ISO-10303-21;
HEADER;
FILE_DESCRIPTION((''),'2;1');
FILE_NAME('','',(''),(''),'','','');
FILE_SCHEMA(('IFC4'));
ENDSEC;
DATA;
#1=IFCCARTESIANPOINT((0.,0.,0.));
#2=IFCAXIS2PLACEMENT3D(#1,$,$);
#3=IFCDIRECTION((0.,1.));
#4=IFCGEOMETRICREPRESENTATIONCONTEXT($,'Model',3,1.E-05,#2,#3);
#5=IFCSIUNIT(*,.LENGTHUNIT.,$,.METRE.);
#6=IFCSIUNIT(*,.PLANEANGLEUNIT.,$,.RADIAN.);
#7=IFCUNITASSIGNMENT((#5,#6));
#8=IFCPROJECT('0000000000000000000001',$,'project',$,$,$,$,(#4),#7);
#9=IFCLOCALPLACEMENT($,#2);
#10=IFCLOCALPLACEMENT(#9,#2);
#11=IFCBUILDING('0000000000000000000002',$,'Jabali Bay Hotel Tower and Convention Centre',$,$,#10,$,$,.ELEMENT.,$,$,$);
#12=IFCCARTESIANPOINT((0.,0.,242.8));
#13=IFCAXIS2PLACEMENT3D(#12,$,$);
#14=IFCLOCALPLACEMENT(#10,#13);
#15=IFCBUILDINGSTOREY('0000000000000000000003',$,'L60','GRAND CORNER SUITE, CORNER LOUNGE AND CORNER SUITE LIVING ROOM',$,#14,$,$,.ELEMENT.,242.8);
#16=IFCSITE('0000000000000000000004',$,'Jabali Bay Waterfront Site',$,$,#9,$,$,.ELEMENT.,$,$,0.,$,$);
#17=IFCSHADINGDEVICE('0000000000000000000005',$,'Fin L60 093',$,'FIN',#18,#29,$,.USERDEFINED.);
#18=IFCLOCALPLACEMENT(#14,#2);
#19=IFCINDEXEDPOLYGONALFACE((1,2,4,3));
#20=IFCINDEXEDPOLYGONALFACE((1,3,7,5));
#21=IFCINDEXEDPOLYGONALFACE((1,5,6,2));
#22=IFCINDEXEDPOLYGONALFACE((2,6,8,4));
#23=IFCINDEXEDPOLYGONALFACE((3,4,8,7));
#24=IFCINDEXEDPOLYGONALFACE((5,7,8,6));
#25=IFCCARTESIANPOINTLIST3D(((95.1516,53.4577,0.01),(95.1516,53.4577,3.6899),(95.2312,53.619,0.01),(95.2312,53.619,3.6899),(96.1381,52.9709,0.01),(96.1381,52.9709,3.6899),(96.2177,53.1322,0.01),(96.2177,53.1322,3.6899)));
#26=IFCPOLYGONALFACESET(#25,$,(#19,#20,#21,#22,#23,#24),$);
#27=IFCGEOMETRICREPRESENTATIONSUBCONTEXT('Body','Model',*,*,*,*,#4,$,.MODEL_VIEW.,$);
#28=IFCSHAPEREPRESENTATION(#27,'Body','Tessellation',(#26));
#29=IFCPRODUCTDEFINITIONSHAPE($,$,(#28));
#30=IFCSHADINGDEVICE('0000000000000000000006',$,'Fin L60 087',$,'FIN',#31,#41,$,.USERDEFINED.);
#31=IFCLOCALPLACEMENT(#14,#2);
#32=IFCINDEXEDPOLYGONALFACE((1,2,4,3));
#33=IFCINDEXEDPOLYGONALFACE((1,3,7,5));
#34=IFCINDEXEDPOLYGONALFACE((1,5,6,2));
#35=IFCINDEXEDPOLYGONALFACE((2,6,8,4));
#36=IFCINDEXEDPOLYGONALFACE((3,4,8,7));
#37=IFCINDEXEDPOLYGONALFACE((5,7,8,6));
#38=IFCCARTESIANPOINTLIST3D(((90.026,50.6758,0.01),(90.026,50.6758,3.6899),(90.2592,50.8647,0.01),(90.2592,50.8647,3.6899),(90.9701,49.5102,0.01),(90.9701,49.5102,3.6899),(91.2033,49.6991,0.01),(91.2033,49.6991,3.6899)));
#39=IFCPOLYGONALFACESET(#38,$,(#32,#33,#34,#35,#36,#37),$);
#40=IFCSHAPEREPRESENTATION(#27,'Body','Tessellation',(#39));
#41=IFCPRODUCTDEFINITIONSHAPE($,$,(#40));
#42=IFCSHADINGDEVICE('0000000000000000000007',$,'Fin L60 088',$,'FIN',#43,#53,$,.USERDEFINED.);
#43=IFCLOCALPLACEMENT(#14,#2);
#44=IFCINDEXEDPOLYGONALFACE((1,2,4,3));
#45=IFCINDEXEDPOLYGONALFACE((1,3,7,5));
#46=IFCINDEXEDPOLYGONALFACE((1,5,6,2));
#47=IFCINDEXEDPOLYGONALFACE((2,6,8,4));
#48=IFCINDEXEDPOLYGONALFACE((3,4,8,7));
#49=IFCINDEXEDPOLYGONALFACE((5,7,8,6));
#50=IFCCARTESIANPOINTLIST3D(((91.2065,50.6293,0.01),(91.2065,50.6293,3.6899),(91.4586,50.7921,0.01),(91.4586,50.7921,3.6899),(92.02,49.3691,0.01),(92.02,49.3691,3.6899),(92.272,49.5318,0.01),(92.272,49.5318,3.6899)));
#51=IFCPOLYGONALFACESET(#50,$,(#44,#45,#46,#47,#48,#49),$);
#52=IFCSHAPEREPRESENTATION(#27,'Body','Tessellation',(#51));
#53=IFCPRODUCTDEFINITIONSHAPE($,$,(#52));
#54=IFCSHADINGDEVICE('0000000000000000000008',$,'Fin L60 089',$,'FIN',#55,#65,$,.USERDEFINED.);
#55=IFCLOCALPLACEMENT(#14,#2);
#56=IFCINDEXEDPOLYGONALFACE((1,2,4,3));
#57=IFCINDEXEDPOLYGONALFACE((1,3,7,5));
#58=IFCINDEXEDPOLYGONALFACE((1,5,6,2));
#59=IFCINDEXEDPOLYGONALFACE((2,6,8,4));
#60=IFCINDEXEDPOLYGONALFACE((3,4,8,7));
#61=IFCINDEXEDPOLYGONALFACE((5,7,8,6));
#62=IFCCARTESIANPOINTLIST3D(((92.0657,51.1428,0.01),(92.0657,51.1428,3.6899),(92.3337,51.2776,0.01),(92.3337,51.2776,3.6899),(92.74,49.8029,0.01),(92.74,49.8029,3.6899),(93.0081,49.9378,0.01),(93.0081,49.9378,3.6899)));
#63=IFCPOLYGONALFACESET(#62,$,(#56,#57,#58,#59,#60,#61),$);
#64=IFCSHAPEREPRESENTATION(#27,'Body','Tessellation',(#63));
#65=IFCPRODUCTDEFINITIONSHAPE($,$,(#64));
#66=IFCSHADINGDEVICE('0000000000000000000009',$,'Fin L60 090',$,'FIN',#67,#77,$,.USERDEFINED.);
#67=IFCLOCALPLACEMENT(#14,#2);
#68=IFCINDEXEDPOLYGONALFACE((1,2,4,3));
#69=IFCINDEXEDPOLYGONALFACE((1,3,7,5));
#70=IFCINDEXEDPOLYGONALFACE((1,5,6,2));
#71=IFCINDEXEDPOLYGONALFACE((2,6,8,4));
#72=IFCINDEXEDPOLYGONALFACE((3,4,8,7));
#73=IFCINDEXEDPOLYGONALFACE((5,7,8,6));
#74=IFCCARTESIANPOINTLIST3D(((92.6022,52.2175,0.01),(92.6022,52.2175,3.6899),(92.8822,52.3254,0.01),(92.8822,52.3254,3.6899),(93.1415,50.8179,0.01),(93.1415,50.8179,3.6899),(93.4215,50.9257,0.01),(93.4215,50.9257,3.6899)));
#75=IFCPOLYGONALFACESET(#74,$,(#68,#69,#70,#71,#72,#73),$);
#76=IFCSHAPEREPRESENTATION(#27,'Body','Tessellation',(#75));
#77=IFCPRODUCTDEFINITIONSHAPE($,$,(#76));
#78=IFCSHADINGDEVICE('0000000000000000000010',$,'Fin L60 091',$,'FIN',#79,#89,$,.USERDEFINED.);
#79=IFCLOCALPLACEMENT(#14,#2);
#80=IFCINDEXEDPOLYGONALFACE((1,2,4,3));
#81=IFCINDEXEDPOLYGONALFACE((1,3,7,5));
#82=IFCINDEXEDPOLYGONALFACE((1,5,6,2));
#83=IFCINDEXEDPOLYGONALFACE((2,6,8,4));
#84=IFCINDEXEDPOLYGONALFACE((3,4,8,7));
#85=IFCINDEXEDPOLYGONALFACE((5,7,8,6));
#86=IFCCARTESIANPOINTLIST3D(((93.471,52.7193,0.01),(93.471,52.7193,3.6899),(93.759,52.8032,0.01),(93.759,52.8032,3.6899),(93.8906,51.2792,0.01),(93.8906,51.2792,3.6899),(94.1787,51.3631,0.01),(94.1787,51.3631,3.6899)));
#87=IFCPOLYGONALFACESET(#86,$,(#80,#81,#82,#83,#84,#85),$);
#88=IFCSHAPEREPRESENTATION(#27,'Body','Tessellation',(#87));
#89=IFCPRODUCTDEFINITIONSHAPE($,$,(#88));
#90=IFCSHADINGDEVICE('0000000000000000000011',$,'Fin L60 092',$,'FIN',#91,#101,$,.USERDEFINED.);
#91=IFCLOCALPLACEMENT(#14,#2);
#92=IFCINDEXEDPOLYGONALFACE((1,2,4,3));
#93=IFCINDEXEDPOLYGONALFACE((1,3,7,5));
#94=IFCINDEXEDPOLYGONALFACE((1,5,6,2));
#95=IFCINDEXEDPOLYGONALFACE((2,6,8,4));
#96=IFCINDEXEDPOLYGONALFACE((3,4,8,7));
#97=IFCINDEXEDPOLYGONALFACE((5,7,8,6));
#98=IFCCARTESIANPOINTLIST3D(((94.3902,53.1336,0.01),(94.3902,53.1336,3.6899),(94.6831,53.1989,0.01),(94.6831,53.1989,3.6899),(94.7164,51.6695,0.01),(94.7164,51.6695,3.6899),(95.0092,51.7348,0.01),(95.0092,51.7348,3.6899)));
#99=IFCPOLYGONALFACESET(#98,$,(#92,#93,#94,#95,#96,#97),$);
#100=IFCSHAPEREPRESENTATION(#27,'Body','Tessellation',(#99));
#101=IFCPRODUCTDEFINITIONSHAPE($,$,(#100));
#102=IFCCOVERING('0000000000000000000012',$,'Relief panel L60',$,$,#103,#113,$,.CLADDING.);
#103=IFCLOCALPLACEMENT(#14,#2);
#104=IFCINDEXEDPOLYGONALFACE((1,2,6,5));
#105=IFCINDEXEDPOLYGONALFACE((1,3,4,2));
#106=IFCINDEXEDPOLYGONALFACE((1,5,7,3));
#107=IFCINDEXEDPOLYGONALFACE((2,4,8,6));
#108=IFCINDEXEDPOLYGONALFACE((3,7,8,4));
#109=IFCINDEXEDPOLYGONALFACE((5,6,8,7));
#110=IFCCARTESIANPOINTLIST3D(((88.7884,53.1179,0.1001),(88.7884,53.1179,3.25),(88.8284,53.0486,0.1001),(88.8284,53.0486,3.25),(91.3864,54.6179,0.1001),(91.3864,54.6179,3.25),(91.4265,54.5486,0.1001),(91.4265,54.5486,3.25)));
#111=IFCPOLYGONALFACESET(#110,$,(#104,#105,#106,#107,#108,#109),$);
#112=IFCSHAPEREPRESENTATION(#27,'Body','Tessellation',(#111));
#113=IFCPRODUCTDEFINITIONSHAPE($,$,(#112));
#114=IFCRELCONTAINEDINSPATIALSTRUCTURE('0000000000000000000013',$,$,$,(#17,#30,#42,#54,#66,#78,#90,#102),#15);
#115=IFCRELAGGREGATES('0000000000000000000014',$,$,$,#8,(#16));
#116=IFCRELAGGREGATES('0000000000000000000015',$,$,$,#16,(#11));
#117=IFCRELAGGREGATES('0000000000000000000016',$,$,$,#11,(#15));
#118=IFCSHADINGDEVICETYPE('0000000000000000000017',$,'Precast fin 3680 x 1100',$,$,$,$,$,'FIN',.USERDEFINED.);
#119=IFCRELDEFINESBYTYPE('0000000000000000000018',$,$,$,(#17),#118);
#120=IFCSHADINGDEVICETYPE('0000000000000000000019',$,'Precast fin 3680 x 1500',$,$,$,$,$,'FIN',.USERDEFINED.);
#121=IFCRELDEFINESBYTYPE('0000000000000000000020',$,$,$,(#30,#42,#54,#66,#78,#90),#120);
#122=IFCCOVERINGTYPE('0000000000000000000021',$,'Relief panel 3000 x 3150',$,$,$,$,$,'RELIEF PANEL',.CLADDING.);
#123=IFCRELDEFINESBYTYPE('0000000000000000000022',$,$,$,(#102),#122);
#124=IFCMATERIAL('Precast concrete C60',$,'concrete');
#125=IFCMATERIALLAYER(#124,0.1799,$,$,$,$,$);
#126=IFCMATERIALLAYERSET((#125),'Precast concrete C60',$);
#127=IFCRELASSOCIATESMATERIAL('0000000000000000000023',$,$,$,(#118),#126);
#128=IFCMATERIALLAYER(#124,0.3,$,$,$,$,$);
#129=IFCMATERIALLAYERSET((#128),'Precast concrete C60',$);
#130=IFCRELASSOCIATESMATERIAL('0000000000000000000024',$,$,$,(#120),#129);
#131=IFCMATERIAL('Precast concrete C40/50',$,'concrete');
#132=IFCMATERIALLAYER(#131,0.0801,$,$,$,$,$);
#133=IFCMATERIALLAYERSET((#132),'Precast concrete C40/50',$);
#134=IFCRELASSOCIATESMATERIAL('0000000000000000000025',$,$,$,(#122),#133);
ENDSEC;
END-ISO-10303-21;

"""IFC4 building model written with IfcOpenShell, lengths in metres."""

from ifc_helpers import new_model, si_unit, direction, frame, frame_2d, origin, origin_2d, place, context, subcontext, project, spatial, rectangle, extrude, material, layer, layer_set, type_object, element, save


model = new_model("IFC4")

# Units and contexts
model_context = context("Model", 3, precision=1e-05, world=origin(), true_north=direction((0.0, 1.0)))
body_context = subcontext(model_context, "Body", "Model", "MODEL_VIEW")
ifc_project = project(units=[si_unit("LENGTHUNIT", "METRE"), si_unit("PLANEANGLEUNIT", "RADIAN")], contexts=[model_context])

# Site, building, storey
site_placement = place(None, origin())
site = spatial("IfcSite", under=ifc_project, at=site_placement, Name="Jabali Bay Waterfront Site", CompositionType="ELEMENT", RefElevation=0.0)
building_placement = place(site_placement, origin())
building = spatial("IfcBuilding", under=site, at=building_placement, Name="Jabali Bay Hotel Tower and Convention Centre", CompositionType="ELEMENT")
storey_placement = place(building_placement, frame((0.0, 0.0, 242.8)))
storey = spatial("IfcBuildingStorey", under=building, at=storey_placement, Name="L60", Description="GRAND CORNER SUITE, CORNER LOUNGE AND CORNER SUITE LIVING ROOM", CompositionType="ELEMENT", Elevation=242.8)

# Shading devices
ifc_material_1 = material(Name="Precast concrete C60", Category="concrete")
ifc_layer_1 = layer(ifc_material_1, 0.1799)
ifc_layer_set_1 = layer_set([ifc_layer_1], Name="Precast concrete C60")
shading_device_type_1 = type_object("IfcShadingDeviceType", Name="Precast fin 3680 x 1100", ElementType="FIN", PredefinedType="USERDEFINED", material=ifc_layer_set_1)
for number, where, z_axis, x_axis, name in (
    (1, (95.1914, 53.5383, 0.01), (0.0, 0.0, 1.0), (0.896767, -0.442503, 0.0), "Fin L60 093"),
):
    element("IfcShadingDevice", number, at=place(storey_placement, frame(where, z_axis=z_axis, x_axis=x_axis)), inside=storey, type_object=shading_device_type_1, Name=name, ObjectType="FIN", PredefinedType="USERDEFINED", context=body_context, shape_type="SweptSolid", body=[
        extrude(rectangle(XDim=1.1001, YDim=0.1799, at=frame_2d((0.55, 0.0))), origin(), (0.0, 0.0, 1.0), 3.6799),
    ])
ifc_layer_2 = layer(ifc_material_1, 0.3)
ifc_layer_set_2 = layer_set([ifc_layer_2], Name="Precast concrete C60")
shading_device_type_2 = type_object("IfcShadingDeviceType", Name="Precast fin 3680 x 1500", ElementType="FIN", PredefinedType="USERDEFINED", material=ifc_layer_set_2)
for number, where, z_axis, x_axis, name in (
    (2, (90.1426, 50.7703, 0.01), (0.0, 0.0, 1.0), (0.629428, -0.777059, 0.0), "Fin L60 087"),
    (3, (91.3325, 50.7107, 0.01), (0.0, 0.0, 1.0), (0.54232, -0.840172, 0.0), "Fin L60 088"),
    (4, (92.1997, 51.2102, 0.01), (0.0, 0.0, 1.0), (0.449556, -0.893252, 0.0), "Fin L60 089"),
    (5, (92.7422, 52.2715, 0.01), (0.0, 0.0, 1.0), (0.359546, -0.933127, 0.0), "Fin L60 090"),
    (6, (93.615, 52.7612, 0.01), (0.0, 0.0, 1.0), (0.279769, -0.960067, 0.0), "Fin L60 091"),
    (7, (94.5366, 53.1663, 0.01), (0.0, 0.0, 1.0), (0.217447, -0.976072, 0.0), "Fin L60 092"),
):
    element("IfcShadingDevice", number, at=place(storey_placement, frame(where, z_axis=z_axis, x_axis=x_axis)), inside=storey, type_object=shading_device_type_2, Name=name, ObjectType="FIN", PredefinedType="USERDEFINED", context=body_context, shape_type="SweptSolid", body=[
        extrude(rectangle(XDim=1.5, YDim=0.3, at=frame_2d((0.75, 0.0))), origin(), (0.0, 0.0, 1.0), 3.6799),
    ])

# Covering
ifc_material_2 = material(Name="Precast concrete C40/50", Category="concrete")
ifc_layer_3 = layer(ifc_material_2, 0.0801)
ifc_layer_set_3 = layer_set([ifc_layer_3], Name="Precast concrete C40/50")
covering_type = type_object("IfcCoveringType", Name="Relief panel 3000 x 3150", ElementType="RELIEF PANEL", PredefinedType="CLADDING", material=ifc_layer_set_3)
covering_placement = place(storey_placement, frame((90.1074, 53.8333, 0.1001), z_axis=(0.0, 0.0, 1.0), x_axis=(-0.866025, -0.5, 0.0)))
element("IfcCovering", 8, at=covering_placement, inside=storey, type_object=covering_type, Name="Relief panel L60", PredefinedType="CLADDING", context=body_context, shape_type="SweptSolid", body=[
    extrude(rectangle(XDim=3.0, YDim=0.0801, at=origin_2d()), origin(), (0.0, 0.0, 1.0), 3.1499),
])

save(model, "model.ifc")
